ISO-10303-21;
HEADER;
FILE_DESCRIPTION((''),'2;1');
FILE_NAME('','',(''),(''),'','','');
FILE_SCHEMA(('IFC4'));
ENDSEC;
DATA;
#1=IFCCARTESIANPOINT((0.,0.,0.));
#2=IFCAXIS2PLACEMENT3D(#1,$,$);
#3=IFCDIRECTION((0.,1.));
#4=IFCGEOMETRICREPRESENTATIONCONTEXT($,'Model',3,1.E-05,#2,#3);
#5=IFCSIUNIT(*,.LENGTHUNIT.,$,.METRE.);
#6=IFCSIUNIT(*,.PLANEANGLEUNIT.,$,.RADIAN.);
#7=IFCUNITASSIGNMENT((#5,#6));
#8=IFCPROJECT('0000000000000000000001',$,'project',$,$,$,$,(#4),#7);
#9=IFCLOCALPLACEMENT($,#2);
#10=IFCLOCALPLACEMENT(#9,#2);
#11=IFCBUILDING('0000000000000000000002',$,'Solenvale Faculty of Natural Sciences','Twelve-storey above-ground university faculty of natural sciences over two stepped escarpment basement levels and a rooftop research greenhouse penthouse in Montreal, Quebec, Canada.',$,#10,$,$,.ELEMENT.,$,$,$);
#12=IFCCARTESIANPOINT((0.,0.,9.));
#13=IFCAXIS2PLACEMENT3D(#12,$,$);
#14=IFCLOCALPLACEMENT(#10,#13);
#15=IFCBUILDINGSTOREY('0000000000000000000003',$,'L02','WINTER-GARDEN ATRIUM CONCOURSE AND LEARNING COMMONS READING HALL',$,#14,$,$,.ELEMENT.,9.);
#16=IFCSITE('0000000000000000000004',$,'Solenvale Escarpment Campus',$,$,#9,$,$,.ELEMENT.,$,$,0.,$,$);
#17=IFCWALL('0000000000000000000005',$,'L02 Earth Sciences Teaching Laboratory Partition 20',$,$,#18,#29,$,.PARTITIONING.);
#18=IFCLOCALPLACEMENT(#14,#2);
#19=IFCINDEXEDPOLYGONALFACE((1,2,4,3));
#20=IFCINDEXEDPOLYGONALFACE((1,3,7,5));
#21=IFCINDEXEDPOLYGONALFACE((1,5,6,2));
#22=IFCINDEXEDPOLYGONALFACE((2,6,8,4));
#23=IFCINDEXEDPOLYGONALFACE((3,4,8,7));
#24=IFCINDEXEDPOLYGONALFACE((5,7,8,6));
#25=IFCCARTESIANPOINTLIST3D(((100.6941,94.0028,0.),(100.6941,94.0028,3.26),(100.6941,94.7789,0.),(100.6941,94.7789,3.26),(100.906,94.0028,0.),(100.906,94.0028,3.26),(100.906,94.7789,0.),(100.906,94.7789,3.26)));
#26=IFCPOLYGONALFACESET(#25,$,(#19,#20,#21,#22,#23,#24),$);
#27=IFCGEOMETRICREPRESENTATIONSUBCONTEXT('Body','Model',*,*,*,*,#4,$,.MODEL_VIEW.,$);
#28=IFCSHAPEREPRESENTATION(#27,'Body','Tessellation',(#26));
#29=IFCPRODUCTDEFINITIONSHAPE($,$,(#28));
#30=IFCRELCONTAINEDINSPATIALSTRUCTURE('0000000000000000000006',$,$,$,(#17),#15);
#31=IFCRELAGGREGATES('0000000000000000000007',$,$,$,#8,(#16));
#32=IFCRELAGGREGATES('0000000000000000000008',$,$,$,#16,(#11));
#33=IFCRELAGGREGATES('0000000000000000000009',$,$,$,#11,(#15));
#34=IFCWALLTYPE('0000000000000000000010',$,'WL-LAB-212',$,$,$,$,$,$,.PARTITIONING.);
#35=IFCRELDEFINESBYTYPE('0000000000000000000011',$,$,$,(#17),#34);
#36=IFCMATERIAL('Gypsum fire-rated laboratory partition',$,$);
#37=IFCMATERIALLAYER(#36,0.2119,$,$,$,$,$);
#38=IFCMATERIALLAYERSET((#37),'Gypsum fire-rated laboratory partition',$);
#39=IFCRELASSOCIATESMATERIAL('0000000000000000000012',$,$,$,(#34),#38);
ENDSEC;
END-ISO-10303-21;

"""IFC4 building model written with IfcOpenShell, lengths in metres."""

from ifc_helpers import new_model, si_unit, direction, frame, frame_2d, origin, place, context, subcontext, project, spatial, rectangle, extrude, material, layer, layer_set, type_object, element, save


model = new_model("IFC4")

# Units and contexts
model_context = context("Model", 3, precision=1e-05, world=origin(), true_north=direction((0.0, 1.0)))
body_context = subcontext(model_context, "Body", "Model", "MODEL_VIEW")
ifc_project = project(units=[si_unit("LENGTHUNIT", "METRE"), si_unit("PLANEANGLEUNIT", "RADIAN")], contexts=[model_context])

# Site, building, storey
site_placement = place(None, origin())
site = spatial("IfcSite", under=ifc_project, at=site_placement, Name="Solenvale Escarpment Campus", CompositionType="ELEMENT", RefElevation=0.0)
building_placement = place(site_placement, origin())
building = spatial("IfcBuilding", under=site, at=building_placement, Name="Solenvale Faculty of Natural Sciences", Description="Twelve-storey above-ground university faculty of natural sciences over two stepped escarpment basement levels and a rooftop research greenhouse penthouse in Montreal, Quebec, Canada.", CompositionType="ELEMENT")
storey_placement = place(building_placement, frame((0.0, 0.0, 9.0)))
storey = spatial("IfcBuildingStorey", under=building, at=storey_placement, Name="L02", Description="WINTER-GARDEN ATRIUM CONCOURSE AND LEARNING COMMONS READING HALL", CompositionType="ELEMENT", Elevation=9.0)

# Wall
ifc_material_1 = material(Name="Gypsum fire-rated laboratory partition")
ifc_layer_1 = layer(ifc_material_1, 0.2119)
ifc_layer_set_1 = layer_set([ifc_layer_1], Name="Gypsum fire-rated laboratory partition")
wall_type_1 = type_object("IfcWallType", Name="WL-LAB-212", PredefinedType="PARTITIONING", material=ifc_layer_set_1)
wall_1_placement = place(storey_placement, frame((100.8, 94.7791, 0.0), z_axis=(0.0, 0.0, 1.0), x_axis=(0.0, -1.0, 0.0)))
element("IfcWall", 1, at=wall_1_placement, inside=storey, type_object=wall_type_1, Name="L02 Earth Sciences Teaching Laboratory Partition 20", PredefinedType="PARTITIONING", context=body_context, shape_type="SweptSolid", body=[
    extrude(rectangle(XDim=0.7761, YDim=0.2119, at=frame_2d((0.3882, 0.0))), origin(), (0.0, 0.0, 1.0), 3.26),
])

save(model, "model.ifc")
